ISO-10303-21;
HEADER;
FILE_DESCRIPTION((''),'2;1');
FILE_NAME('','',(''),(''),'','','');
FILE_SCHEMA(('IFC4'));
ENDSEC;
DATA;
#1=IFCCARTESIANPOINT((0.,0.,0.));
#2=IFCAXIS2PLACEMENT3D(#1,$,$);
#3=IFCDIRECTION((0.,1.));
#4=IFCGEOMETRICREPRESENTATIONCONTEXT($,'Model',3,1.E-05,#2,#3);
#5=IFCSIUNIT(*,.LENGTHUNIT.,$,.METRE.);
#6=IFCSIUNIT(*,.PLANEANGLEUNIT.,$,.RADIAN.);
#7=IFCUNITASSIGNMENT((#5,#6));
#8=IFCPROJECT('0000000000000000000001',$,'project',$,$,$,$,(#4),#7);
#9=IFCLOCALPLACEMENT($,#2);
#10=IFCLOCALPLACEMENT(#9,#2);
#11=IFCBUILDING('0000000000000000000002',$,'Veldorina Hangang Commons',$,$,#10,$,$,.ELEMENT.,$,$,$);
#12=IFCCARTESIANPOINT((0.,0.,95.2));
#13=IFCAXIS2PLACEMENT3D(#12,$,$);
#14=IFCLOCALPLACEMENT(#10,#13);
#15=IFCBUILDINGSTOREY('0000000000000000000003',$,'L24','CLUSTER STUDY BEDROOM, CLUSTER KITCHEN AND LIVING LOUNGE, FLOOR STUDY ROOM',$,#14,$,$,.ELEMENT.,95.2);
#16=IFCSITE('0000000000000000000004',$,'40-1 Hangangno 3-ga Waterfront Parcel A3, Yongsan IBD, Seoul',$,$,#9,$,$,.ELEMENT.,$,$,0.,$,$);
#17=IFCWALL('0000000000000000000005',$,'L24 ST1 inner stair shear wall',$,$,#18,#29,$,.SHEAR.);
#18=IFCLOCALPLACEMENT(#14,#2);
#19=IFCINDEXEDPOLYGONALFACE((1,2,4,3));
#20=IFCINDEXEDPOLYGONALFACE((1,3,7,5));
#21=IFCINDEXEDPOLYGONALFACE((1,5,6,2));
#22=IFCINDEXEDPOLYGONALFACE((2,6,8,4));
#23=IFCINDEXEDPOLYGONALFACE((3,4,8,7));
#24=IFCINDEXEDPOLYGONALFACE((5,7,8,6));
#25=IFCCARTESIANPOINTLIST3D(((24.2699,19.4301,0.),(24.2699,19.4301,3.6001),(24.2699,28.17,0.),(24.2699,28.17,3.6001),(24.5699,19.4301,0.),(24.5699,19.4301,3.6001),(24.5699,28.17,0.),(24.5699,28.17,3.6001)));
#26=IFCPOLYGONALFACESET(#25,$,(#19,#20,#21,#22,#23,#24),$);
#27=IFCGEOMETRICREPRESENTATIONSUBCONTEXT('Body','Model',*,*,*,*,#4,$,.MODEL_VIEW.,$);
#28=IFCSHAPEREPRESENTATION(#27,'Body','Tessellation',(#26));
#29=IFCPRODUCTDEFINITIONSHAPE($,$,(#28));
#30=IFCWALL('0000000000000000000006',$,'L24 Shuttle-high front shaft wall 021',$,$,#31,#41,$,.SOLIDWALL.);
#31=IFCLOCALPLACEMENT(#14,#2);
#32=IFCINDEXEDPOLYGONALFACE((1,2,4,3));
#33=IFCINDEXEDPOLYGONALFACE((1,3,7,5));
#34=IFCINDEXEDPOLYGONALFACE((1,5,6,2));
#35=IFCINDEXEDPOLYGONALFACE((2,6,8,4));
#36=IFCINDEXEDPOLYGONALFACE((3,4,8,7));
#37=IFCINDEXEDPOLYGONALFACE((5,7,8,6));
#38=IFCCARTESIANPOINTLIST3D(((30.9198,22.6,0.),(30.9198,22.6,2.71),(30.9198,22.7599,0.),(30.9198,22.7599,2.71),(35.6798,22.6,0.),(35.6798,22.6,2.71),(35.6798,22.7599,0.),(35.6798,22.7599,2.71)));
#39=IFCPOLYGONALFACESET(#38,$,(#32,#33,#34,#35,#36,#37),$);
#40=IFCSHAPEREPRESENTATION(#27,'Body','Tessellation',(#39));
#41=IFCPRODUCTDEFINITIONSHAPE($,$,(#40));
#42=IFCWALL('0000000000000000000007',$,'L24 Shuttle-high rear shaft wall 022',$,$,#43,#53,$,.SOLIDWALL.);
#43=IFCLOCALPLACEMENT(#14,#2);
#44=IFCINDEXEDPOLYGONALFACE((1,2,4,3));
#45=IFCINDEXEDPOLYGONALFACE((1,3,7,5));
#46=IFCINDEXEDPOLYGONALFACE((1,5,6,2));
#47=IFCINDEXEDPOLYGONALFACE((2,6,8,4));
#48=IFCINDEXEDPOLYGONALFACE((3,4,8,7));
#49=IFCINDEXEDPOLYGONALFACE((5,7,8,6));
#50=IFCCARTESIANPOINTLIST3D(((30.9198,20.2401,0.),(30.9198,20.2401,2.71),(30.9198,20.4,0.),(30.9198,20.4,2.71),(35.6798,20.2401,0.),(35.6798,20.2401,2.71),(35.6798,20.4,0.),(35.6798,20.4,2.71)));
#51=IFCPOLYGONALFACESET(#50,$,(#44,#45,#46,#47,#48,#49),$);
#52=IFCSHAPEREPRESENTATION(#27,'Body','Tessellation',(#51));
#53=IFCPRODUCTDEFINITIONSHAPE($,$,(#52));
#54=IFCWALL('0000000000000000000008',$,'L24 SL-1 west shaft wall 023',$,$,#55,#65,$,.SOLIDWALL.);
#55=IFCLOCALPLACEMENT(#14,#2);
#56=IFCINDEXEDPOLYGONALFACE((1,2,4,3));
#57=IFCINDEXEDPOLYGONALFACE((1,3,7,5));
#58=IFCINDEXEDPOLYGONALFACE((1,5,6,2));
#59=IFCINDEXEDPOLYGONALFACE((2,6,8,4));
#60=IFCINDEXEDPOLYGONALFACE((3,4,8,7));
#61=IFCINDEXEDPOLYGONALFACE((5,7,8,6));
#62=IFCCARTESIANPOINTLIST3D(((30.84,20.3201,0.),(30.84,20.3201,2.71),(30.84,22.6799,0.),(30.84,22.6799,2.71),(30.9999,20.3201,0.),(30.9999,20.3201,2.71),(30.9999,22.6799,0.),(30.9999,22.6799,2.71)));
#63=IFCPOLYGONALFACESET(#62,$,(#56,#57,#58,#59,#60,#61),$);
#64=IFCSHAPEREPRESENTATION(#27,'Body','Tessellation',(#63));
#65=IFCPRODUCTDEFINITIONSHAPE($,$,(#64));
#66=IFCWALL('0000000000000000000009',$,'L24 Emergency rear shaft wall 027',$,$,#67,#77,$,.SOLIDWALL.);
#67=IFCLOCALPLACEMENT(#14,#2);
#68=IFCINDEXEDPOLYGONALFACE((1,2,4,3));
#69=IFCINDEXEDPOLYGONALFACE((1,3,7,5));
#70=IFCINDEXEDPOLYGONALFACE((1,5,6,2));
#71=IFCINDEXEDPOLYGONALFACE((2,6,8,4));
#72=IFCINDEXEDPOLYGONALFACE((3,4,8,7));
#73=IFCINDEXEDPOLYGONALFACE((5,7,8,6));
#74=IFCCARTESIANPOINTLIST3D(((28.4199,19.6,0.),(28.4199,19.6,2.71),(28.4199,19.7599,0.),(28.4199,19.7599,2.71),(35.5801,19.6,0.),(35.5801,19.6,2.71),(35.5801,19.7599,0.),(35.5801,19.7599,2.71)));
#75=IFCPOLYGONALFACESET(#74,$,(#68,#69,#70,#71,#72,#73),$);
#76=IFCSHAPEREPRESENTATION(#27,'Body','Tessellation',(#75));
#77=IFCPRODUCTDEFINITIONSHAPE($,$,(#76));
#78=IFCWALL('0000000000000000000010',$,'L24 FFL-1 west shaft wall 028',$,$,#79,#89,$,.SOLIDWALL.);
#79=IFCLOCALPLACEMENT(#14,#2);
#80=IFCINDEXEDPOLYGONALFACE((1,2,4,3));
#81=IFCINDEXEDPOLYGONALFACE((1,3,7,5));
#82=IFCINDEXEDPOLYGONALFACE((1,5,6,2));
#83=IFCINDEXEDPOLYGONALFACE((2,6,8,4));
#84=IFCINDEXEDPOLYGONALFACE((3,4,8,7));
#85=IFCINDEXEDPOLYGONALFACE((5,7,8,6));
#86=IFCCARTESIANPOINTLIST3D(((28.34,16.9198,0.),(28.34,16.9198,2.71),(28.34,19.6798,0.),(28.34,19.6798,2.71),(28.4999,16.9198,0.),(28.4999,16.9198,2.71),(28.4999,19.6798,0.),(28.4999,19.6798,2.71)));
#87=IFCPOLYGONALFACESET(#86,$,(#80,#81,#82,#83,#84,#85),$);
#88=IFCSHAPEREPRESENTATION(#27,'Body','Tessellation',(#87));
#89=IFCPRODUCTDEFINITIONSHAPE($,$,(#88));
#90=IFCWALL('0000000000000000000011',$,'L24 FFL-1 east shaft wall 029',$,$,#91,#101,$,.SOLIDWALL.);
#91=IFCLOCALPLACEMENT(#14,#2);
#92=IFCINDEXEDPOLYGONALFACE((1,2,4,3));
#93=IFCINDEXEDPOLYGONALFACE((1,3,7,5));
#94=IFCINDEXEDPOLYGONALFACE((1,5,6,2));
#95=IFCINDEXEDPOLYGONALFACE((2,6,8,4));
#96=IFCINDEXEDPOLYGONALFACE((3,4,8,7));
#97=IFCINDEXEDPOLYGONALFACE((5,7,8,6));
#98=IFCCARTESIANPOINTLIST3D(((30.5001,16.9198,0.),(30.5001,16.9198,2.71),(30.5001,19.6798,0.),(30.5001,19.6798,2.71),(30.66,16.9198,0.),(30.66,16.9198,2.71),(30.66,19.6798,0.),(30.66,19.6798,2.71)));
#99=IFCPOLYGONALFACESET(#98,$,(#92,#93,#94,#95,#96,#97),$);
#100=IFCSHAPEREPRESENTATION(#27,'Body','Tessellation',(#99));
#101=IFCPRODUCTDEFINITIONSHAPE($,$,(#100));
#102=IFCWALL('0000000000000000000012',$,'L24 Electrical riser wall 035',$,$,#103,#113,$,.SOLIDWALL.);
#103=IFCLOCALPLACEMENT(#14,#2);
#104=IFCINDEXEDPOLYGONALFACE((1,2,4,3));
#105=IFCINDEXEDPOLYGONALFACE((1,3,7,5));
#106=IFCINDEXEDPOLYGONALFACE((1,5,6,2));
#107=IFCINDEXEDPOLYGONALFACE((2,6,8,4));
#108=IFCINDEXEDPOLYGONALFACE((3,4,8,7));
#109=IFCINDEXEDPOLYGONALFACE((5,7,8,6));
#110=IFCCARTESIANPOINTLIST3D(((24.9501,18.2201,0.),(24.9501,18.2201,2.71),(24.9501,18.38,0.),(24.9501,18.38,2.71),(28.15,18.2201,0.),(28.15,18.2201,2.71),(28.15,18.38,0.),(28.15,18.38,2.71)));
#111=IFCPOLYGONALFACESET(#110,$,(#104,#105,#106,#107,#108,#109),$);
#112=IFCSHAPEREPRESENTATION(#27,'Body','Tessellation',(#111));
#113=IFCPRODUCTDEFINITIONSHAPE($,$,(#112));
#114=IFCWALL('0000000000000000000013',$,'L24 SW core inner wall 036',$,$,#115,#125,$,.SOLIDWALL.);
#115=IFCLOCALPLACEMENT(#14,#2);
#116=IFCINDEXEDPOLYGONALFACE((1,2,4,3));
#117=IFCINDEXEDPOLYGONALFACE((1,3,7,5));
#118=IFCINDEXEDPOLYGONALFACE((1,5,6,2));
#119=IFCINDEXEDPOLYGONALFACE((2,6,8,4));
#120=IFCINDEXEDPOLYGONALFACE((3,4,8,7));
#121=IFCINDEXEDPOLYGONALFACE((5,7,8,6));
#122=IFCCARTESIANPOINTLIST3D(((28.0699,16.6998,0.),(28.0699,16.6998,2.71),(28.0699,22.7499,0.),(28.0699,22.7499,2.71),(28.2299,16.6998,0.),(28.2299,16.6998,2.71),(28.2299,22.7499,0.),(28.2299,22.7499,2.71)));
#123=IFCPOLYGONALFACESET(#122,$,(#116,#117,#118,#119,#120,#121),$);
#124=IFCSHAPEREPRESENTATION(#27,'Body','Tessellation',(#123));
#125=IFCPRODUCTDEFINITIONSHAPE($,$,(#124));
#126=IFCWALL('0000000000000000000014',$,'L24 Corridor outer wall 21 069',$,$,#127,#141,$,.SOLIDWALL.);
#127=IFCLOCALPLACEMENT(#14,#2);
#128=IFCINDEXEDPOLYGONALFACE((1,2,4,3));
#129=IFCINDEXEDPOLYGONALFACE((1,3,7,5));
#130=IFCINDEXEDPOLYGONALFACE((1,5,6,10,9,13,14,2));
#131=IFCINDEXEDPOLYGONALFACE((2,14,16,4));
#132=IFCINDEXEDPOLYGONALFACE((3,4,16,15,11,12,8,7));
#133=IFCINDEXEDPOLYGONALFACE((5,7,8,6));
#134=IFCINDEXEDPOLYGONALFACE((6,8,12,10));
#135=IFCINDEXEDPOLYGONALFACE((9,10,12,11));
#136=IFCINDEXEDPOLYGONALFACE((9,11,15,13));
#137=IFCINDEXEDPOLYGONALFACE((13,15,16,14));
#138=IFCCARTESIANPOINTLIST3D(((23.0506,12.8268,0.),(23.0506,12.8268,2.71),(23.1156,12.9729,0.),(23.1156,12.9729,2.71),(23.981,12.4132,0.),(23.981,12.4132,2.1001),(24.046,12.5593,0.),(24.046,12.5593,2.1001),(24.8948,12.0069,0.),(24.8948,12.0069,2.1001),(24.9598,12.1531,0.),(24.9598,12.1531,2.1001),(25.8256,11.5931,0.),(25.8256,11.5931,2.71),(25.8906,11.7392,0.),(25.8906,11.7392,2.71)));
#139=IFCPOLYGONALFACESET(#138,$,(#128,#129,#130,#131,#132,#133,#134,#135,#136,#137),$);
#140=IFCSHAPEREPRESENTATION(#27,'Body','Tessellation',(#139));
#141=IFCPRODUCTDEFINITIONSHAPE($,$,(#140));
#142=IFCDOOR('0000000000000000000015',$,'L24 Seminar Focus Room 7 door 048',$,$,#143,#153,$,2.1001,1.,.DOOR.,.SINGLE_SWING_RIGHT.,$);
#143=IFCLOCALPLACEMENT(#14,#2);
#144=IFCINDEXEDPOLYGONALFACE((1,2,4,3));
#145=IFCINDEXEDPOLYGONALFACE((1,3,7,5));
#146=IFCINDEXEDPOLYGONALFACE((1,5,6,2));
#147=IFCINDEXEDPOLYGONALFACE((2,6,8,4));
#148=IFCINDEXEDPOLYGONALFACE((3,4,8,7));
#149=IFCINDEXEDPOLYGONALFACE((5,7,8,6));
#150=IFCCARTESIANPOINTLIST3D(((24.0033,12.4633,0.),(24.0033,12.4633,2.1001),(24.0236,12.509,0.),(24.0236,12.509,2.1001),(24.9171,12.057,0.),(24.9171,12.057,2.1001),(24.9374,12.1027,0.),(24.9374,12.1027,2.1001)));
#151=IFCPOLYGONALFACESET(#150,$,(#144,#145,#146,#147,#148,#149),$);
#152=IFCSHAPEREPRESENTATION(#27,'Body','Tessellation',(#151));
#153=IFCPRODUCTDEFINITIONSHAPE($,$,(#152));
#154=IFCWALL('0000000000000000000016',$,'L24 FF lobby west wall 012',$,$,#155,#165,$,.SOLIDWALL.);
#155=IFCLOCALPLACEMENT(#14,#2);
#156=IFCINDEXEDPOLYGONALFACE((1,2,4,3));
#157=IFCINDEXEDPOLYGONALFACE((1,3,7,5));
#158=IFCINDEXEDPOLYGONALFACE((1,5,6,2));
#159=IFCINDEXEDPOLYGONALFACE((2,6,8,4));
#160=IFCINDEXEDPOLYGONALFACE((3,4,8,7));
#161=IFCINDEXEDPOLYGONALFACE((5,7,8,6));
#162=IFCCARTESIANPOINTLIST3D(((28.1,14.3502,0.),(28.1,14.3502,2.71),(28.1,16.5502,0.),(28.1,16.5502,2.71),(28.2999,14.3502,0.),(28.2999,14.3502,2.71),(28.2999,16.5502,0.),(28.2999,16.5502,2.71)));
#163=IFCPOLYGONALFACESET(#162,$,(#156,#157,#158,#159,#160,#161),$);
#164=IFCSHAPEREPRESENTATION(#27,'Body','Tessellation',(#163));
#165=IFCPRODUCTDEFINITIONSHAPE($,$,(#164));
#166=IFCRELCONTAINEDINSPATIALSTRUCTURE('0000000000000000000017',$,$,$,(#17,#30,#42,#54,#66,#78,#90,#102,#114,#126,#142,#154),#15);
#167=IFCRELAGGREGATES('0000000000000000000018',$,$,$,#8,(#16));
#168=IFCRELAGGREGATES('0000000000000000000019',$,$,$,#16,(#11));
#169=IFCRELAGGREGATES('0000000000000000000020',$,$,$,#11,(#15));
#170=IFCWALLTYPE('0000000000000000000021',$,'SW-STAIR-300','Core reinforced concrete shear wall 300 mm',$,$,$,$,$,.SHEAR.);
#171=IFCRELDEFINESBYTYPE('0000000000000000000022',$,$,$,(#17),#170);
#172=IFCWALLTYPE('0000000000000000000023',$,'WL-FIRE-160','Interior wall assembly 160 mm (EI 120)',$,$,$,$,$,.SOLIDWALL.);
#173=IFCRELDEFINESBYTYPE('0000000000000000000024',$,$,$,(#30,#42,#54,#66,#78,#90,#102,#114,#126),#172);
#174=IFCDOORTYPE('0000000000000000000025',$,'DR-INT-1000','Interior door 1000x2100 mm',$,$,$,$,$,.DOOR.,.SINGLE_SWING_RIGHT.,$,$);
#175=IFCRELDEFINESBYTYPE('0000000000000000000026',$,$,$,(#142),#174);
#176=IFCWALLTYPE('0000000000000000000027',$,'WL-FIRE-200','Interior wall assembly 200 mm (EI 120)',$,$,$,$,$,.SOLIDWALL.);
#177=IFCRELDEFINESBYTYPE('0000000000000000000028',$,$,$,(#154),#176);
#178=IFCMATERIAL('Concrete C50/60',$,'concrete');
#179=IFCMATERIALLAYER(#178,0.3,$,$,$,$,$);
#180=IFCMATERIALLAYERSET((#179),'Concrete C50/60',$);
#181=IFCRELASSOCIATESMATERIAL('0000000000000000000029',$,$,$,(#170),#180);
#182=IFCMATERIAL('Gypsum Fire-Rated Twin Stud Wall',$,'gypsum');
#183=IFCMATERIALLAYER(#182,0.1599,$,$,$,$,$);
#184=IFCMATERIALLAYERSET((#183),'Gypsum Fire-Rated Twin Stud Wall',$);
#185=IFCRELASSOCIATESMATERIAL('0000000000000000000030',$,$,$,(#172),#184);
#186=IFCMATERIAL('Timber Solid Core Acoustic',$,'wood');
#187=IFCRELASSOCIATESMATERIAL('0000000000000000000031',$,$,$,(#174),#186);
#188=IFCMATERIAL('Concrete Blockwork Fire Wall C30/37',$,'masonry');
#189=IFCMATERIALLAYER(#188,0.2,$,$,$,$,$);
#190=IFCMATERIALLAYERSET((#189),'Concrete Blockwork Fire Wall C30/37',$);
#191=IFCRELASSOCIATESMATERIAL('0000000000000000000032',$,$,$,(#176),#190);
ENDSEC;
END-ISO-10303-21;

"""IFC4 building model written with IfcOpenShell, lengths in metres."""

from ifc_helpers import new_model, si_unit, direction, frame, frame_2d, origin, place, context, subcontext, project, spatial, rectangle, extrude, material, layer, layer_set, type_object, element, fill, save


model = new_model("IFC4")

# Units and contexts
model_context = context("Model", 3, precision=1e-05, world=origin(), true_north=direction((0.0, 1.0)))
body_context = subcontext(model_context, "Body", "Model", "MODEL_VIEW")
ifc_project = project(units=[si_unit("LENGTHUNIT", "METRE"), si_unit("PLANEANGLEUNIT", "RADIAN")], contexts=[model_context])

# Site, building, storey
site_placement = place(None, origin())
site = spatial("IfcSite", under=ifc_project, at=site_placement, Name="40-1 Hangangno 3-ga Waterfront Parcel A3, Yongsan IBD, Seoul", CompositionType="ELEMENT", RefElevation=0.0)
building_placement = place(site_placement, origin())
building = spatial("IfcBuilding", under=site, at=building_placement, Name="Veldorina Hangang Commons", CompositionType="ELEMENT")
storey_placement = place(building_placement, frame((0.0, 0.0, 95.2)))
storey = spatial("IfcBuildingStorey", under=building, at=storey_placement, Name="L24", Description="CLUSTER STUDY BEDROOM, CLUSTER KITCHEN AND LIVING LOUNGE, FLOOR STUDY ROOM", CompositionType="ELEMENT", Elevation=95.2)

# Walls
ifc_material_1 = material(Name="Concrete C50/60", Category="concrete")
ifc_layer_1 = layer(ifc_material_1, 0.3)
ifc_layer_set_1 = layer_set([ifc_layer_1], Name="Concrete C50/60")
wall_type_1 = type_object("IfcWallType", Name="SW-STAIR-300", Description="Core reinforced concrete shear wall 300 mm", PredefinedType="SHEAR", material=ifc_layer_set_1)
wall_1_placement = place(storey_placement, frame((24.4199, 19.4299, 0.0), z_axis=(0.0, 0.0, 1.0), x_axis=(0.0, 1.0, 0.0)))
element("IfcWall", 1, at=wall_1_placement, inside=storey, type_object=wall_type_1, Name="L24 ST1 inner stair shear wall", PredefinedType="SHEAR", context=body_context, shape_type="SweptSolid", body=[
    extrude(rectangle(XDim=8.74, YDim=0.3, at=frame_2d((4.3701, 0.0))), origin(), (0.0, 0.0, 1.0), 3.6001),
])
ifc_material_2 = material(Name="Gypsum Fire-Rated Twin Stud Wall", Category="gypsum")
ifc_layer_2 = layer(ifc_material_2, 0.1599)
ifc_layer_set_2 = layer_set([ifc_layer_2], Name="Gypsum Fire-Rated Twin Stud Wall")
wall_type_2 = type_object("IfcWallType", Name="WL-FIRE-160", Description="Interior wall assembly 160 mm (EI 120)", PredefinedType="SOLIDWALL", material=ifc_layer_set_2)
for number, where, z_axis, x_axis, name in (
    (2, (30.9199, 22.6799, 0.0), (0.0, 0.0, 1.0), (1.0, 0.0, 0.0), "L24 Shuttle-high front shaft wall 021"),
    (3, (30.9199, 20.3201, 0.0), (0.0, 0.0, 1.0), (1.0, 0.0, 0.0), "L24 Shuttle-high rear shaft wall 022"),
):
    element("IfcWall", number, at=place(storey_placement, frame(where, z_axis=z_axis, x_axis=x_axis)), inside=storey, type_object=wall_type_2, Name=name, PredefinedType="SOLIDWALL", context=body_context, shape_type="SweptSolid", body=[
        extrude(rectangle(XDim=4.76, YDim=0.1599, at=frame_2d((2.3799, 0.0))), origin(), (0.0, 0.0, 1.0), 2.71),
    ])
wall_2_placement = place(storey_placement, frame((30.9199, 20.3201, 0.0), z_axis=(0.0, 0.0, 1.0), x_axis=(0.0, 1.0, 0.0)))
element("IfcWall", 4, at=wall_2_placement, inside=storey, type_object=wall_type_2, Name="L24 SL-1 west shaft wall 023", PredefinedType="SOLIDWALL", context=body_context, shape_type="SweptSolid", body=[
    extrude(rectangle(XDim=2.3599, YDim=0.1599, at=frame_2d((1.1799, 0.0))), origin(), (0.0, 0.0, 1.0), 2.71),
])

# Walls
wall_3_placement = place(storey_placement, frame((28.4199, 19.6799, 0.0), z_axis=(0.0, 0.0, 1.0), x_axis=(1.0, 0.0, 0.0)))
element("IfcWall", 5, at=wall_3_placement, inside=storey, type_object=wall_type_2, Name="L24 Emergency rear shaft wall 027", PredefinedType="SOLIDWALL", context=body_context, shape_type="SweptSolid", body=[
    extrude(rectangle(XDim=7.1602, YDim=0.1599, at=frame_2d((3.5801, 0.0))), origin(), (0.0, 0.0, 1.0), 2.71),
])
for number, where, z_axis, x_axis, name in (
    (6, (28.4199, 16.9199, 0.0), (0.0, 0.0, 1.0), (0.0, 1.0, 0.0), "L24 FFL-1 west shaft wall 028"),
    (7, (30.5801, 16.9199, 0.0), (0.0, 0.0, 1.0), (0.0, 1.0, 0.0), "L24 FFL-1 east shaft wall 029"),
):
    element("IfcWall", number, at=place(storey_placement, frame(where, z_axis=z_axis, x_axis=x_axis)), inside=storey, type_object=wall_type_2, Name=name, PredefinedType="SOLIDWALL", context=body_context, shape_type="SweptSolid", body=[
        extrude(rectangle(XDim=2.76, YDim=0.1599, at=frame_2d((1.3799, 0.0))), origin(), (0.0, 0.0, 1.0), 2.71),
    ])
wall_4_placement = place(storey_placement, frame((24.95, 18.3, 0.0), z_axis=(0.0, 0.0, 1.0), x_axis=(1.0, 0.0, 0.0)))
element("IfcWall", 8, at=wall_4_placement, inside=storey, type_object=wall_type_2, Name="L24 Electrical riser wall 035", PredefinedType="SOLIDWALL", context=body_context, shape_type="SweptSolid", body=[
    extrude(rectangle(XDim=3.2, YDim=0.1599, at=frame_2d((1.6001, 0.0))), origin(), (0.0, 0.0, 1.0), 2.71),
])
wall_5_placement = place(storey_placement, frame((28.1499, 16.7, 0.0), z_axis=(0.0, 0.0, 1.0), x_axis=(0.0, 1.0, 0.0)))
element("IfcWall", 9, at=wall_5_placement, inside=storey, type_object=wall_type_2, Name="L24 SW core inner wall 036", PredefinedType="SOLIDWALL", context=body_context, shape_type="SweptSolid", body=[
    extrude(rectangle(XDim=6.05, YDim=0.1599, at=frame_2d((3.0249, 0.0))), origin(), (0.0, 0.0, 1.0), 2.71),
])

# Wall, opening, door
wall_6_placement = place(storey_placement, frame((23.083, 12.8999, 0.0), z_axis=(0.0, 0.0, 1.0), x_axis=(0.913768, -0.406235, 0.0)))
wall_6 = element("IfcWall", 10, at=wall_6_placement, inside=storey, type_object=wall_type_2, Name="L24 Corridor outer wall 21 069", PredefinedType="SOLIDWALL", context=body_context, shape_type="SweptSolid", body=[
    extrude(rectangle(XDim=3.0369, YDim=0.1599, at=frame_2d((1.5186, 0.0))), origin(), (0.0, 0.0, 1.0), 2.71),
])
opening_1_placement = place(wall_6_placement, frame((1.0183, 0.0, 0.0)))
opening_1 = element("IfcOpeningElement", 11, at=opening_1_placement, cuts=wall_6, PredefinedType="OPENING", context=body_context, shape_type="SweptSolid", body=[
    extrude(rectangle(XDim=1.0, YDim=2.1001, at=frame_2d((0.5, 1.05))), frame((0.0, 0.0898, 0.0), z_axis=(0.0, -1.0, 0.0), x_axis=(1.0, 0.0, 0.0)), (0.0, 0.0, 1.0), 0.1799),
])
ifc_material_3 = material(Name="Timber Solid Core Acoustic", Category="wood")
door_type_1 = type_object("IfcDoorType", Name="DR-INT-1000", Description="Interior door 1000x2100 mm", OperationType="SINGLE_SWING_RIGHT", PredefinedType="DOOR", material=ifc_material_3)
door_1_placement = place(opening_1_placement, origin())
door_1 = element("IfcDoor", 12, at=door_1_placement, inside=storey, type_object=door_type_1, Name="L24 Seminar Focus Room 7 door 048", OperationType="SINGLE_SWING_RIGHT", OverallHeight=2.1001, OverallWidth=1.0, PredefinedType="DOOR", context=body_context, shape_type="SweptSolid", body=[
    extrude(rectangle(XDim=1.0, YDim=2.1001, at=frame_2d((0.5, 1.05))), frame((0.0, 0.0249, 0.0), z_axis=(0.0, -1.0, 0.0), x_axis=(1.0, 0.0, 0.0)), (0.0, 0.0, 1.0), 0.05),
])
fill(opening_1, door_1)

# Wall
ifc_material_4 = material(Name="Concrete Blockwork Fire Wall C30/37", Category="masonry")
ifc_layer_3 = layer(ifc_material_4, 0.2)
ifc_layer_set_3 = layer_set([ifc_layer_3], Name="Concrete Blockwork Fire Wall C30/37")
wall_type_3 = type_object("IfcWallType", Name="WL-FIRE-200", Description="Interior wall assembly 200 mm (EI 120)", PredefinedType="SOLIDWALL", material=ifc_layer_set_3)
wall_7_placement = place(storey_placement, frame((28.2, 14.3501, 0.0), z_axis=(0.0, 0.0, 1.0), x_axis=(0.0, 1.0, 0.0)))
element("IfcWall", 13, at=wall_7_placement, inside=storey, type_object=wall_type_3, Name="L24 FF lobby west wall 012", PredefinedType="SOLIDWALL", context=body_context, shape_type="SweptSolid", body=[
    extrude(rectangle(XDim=2.2, YDim=0.2, at=frame_2d((1.1001, 0.0))), origin(), (0.0, 0.0, 1.0), 2.71),
])

save(model, "model.ifc")
